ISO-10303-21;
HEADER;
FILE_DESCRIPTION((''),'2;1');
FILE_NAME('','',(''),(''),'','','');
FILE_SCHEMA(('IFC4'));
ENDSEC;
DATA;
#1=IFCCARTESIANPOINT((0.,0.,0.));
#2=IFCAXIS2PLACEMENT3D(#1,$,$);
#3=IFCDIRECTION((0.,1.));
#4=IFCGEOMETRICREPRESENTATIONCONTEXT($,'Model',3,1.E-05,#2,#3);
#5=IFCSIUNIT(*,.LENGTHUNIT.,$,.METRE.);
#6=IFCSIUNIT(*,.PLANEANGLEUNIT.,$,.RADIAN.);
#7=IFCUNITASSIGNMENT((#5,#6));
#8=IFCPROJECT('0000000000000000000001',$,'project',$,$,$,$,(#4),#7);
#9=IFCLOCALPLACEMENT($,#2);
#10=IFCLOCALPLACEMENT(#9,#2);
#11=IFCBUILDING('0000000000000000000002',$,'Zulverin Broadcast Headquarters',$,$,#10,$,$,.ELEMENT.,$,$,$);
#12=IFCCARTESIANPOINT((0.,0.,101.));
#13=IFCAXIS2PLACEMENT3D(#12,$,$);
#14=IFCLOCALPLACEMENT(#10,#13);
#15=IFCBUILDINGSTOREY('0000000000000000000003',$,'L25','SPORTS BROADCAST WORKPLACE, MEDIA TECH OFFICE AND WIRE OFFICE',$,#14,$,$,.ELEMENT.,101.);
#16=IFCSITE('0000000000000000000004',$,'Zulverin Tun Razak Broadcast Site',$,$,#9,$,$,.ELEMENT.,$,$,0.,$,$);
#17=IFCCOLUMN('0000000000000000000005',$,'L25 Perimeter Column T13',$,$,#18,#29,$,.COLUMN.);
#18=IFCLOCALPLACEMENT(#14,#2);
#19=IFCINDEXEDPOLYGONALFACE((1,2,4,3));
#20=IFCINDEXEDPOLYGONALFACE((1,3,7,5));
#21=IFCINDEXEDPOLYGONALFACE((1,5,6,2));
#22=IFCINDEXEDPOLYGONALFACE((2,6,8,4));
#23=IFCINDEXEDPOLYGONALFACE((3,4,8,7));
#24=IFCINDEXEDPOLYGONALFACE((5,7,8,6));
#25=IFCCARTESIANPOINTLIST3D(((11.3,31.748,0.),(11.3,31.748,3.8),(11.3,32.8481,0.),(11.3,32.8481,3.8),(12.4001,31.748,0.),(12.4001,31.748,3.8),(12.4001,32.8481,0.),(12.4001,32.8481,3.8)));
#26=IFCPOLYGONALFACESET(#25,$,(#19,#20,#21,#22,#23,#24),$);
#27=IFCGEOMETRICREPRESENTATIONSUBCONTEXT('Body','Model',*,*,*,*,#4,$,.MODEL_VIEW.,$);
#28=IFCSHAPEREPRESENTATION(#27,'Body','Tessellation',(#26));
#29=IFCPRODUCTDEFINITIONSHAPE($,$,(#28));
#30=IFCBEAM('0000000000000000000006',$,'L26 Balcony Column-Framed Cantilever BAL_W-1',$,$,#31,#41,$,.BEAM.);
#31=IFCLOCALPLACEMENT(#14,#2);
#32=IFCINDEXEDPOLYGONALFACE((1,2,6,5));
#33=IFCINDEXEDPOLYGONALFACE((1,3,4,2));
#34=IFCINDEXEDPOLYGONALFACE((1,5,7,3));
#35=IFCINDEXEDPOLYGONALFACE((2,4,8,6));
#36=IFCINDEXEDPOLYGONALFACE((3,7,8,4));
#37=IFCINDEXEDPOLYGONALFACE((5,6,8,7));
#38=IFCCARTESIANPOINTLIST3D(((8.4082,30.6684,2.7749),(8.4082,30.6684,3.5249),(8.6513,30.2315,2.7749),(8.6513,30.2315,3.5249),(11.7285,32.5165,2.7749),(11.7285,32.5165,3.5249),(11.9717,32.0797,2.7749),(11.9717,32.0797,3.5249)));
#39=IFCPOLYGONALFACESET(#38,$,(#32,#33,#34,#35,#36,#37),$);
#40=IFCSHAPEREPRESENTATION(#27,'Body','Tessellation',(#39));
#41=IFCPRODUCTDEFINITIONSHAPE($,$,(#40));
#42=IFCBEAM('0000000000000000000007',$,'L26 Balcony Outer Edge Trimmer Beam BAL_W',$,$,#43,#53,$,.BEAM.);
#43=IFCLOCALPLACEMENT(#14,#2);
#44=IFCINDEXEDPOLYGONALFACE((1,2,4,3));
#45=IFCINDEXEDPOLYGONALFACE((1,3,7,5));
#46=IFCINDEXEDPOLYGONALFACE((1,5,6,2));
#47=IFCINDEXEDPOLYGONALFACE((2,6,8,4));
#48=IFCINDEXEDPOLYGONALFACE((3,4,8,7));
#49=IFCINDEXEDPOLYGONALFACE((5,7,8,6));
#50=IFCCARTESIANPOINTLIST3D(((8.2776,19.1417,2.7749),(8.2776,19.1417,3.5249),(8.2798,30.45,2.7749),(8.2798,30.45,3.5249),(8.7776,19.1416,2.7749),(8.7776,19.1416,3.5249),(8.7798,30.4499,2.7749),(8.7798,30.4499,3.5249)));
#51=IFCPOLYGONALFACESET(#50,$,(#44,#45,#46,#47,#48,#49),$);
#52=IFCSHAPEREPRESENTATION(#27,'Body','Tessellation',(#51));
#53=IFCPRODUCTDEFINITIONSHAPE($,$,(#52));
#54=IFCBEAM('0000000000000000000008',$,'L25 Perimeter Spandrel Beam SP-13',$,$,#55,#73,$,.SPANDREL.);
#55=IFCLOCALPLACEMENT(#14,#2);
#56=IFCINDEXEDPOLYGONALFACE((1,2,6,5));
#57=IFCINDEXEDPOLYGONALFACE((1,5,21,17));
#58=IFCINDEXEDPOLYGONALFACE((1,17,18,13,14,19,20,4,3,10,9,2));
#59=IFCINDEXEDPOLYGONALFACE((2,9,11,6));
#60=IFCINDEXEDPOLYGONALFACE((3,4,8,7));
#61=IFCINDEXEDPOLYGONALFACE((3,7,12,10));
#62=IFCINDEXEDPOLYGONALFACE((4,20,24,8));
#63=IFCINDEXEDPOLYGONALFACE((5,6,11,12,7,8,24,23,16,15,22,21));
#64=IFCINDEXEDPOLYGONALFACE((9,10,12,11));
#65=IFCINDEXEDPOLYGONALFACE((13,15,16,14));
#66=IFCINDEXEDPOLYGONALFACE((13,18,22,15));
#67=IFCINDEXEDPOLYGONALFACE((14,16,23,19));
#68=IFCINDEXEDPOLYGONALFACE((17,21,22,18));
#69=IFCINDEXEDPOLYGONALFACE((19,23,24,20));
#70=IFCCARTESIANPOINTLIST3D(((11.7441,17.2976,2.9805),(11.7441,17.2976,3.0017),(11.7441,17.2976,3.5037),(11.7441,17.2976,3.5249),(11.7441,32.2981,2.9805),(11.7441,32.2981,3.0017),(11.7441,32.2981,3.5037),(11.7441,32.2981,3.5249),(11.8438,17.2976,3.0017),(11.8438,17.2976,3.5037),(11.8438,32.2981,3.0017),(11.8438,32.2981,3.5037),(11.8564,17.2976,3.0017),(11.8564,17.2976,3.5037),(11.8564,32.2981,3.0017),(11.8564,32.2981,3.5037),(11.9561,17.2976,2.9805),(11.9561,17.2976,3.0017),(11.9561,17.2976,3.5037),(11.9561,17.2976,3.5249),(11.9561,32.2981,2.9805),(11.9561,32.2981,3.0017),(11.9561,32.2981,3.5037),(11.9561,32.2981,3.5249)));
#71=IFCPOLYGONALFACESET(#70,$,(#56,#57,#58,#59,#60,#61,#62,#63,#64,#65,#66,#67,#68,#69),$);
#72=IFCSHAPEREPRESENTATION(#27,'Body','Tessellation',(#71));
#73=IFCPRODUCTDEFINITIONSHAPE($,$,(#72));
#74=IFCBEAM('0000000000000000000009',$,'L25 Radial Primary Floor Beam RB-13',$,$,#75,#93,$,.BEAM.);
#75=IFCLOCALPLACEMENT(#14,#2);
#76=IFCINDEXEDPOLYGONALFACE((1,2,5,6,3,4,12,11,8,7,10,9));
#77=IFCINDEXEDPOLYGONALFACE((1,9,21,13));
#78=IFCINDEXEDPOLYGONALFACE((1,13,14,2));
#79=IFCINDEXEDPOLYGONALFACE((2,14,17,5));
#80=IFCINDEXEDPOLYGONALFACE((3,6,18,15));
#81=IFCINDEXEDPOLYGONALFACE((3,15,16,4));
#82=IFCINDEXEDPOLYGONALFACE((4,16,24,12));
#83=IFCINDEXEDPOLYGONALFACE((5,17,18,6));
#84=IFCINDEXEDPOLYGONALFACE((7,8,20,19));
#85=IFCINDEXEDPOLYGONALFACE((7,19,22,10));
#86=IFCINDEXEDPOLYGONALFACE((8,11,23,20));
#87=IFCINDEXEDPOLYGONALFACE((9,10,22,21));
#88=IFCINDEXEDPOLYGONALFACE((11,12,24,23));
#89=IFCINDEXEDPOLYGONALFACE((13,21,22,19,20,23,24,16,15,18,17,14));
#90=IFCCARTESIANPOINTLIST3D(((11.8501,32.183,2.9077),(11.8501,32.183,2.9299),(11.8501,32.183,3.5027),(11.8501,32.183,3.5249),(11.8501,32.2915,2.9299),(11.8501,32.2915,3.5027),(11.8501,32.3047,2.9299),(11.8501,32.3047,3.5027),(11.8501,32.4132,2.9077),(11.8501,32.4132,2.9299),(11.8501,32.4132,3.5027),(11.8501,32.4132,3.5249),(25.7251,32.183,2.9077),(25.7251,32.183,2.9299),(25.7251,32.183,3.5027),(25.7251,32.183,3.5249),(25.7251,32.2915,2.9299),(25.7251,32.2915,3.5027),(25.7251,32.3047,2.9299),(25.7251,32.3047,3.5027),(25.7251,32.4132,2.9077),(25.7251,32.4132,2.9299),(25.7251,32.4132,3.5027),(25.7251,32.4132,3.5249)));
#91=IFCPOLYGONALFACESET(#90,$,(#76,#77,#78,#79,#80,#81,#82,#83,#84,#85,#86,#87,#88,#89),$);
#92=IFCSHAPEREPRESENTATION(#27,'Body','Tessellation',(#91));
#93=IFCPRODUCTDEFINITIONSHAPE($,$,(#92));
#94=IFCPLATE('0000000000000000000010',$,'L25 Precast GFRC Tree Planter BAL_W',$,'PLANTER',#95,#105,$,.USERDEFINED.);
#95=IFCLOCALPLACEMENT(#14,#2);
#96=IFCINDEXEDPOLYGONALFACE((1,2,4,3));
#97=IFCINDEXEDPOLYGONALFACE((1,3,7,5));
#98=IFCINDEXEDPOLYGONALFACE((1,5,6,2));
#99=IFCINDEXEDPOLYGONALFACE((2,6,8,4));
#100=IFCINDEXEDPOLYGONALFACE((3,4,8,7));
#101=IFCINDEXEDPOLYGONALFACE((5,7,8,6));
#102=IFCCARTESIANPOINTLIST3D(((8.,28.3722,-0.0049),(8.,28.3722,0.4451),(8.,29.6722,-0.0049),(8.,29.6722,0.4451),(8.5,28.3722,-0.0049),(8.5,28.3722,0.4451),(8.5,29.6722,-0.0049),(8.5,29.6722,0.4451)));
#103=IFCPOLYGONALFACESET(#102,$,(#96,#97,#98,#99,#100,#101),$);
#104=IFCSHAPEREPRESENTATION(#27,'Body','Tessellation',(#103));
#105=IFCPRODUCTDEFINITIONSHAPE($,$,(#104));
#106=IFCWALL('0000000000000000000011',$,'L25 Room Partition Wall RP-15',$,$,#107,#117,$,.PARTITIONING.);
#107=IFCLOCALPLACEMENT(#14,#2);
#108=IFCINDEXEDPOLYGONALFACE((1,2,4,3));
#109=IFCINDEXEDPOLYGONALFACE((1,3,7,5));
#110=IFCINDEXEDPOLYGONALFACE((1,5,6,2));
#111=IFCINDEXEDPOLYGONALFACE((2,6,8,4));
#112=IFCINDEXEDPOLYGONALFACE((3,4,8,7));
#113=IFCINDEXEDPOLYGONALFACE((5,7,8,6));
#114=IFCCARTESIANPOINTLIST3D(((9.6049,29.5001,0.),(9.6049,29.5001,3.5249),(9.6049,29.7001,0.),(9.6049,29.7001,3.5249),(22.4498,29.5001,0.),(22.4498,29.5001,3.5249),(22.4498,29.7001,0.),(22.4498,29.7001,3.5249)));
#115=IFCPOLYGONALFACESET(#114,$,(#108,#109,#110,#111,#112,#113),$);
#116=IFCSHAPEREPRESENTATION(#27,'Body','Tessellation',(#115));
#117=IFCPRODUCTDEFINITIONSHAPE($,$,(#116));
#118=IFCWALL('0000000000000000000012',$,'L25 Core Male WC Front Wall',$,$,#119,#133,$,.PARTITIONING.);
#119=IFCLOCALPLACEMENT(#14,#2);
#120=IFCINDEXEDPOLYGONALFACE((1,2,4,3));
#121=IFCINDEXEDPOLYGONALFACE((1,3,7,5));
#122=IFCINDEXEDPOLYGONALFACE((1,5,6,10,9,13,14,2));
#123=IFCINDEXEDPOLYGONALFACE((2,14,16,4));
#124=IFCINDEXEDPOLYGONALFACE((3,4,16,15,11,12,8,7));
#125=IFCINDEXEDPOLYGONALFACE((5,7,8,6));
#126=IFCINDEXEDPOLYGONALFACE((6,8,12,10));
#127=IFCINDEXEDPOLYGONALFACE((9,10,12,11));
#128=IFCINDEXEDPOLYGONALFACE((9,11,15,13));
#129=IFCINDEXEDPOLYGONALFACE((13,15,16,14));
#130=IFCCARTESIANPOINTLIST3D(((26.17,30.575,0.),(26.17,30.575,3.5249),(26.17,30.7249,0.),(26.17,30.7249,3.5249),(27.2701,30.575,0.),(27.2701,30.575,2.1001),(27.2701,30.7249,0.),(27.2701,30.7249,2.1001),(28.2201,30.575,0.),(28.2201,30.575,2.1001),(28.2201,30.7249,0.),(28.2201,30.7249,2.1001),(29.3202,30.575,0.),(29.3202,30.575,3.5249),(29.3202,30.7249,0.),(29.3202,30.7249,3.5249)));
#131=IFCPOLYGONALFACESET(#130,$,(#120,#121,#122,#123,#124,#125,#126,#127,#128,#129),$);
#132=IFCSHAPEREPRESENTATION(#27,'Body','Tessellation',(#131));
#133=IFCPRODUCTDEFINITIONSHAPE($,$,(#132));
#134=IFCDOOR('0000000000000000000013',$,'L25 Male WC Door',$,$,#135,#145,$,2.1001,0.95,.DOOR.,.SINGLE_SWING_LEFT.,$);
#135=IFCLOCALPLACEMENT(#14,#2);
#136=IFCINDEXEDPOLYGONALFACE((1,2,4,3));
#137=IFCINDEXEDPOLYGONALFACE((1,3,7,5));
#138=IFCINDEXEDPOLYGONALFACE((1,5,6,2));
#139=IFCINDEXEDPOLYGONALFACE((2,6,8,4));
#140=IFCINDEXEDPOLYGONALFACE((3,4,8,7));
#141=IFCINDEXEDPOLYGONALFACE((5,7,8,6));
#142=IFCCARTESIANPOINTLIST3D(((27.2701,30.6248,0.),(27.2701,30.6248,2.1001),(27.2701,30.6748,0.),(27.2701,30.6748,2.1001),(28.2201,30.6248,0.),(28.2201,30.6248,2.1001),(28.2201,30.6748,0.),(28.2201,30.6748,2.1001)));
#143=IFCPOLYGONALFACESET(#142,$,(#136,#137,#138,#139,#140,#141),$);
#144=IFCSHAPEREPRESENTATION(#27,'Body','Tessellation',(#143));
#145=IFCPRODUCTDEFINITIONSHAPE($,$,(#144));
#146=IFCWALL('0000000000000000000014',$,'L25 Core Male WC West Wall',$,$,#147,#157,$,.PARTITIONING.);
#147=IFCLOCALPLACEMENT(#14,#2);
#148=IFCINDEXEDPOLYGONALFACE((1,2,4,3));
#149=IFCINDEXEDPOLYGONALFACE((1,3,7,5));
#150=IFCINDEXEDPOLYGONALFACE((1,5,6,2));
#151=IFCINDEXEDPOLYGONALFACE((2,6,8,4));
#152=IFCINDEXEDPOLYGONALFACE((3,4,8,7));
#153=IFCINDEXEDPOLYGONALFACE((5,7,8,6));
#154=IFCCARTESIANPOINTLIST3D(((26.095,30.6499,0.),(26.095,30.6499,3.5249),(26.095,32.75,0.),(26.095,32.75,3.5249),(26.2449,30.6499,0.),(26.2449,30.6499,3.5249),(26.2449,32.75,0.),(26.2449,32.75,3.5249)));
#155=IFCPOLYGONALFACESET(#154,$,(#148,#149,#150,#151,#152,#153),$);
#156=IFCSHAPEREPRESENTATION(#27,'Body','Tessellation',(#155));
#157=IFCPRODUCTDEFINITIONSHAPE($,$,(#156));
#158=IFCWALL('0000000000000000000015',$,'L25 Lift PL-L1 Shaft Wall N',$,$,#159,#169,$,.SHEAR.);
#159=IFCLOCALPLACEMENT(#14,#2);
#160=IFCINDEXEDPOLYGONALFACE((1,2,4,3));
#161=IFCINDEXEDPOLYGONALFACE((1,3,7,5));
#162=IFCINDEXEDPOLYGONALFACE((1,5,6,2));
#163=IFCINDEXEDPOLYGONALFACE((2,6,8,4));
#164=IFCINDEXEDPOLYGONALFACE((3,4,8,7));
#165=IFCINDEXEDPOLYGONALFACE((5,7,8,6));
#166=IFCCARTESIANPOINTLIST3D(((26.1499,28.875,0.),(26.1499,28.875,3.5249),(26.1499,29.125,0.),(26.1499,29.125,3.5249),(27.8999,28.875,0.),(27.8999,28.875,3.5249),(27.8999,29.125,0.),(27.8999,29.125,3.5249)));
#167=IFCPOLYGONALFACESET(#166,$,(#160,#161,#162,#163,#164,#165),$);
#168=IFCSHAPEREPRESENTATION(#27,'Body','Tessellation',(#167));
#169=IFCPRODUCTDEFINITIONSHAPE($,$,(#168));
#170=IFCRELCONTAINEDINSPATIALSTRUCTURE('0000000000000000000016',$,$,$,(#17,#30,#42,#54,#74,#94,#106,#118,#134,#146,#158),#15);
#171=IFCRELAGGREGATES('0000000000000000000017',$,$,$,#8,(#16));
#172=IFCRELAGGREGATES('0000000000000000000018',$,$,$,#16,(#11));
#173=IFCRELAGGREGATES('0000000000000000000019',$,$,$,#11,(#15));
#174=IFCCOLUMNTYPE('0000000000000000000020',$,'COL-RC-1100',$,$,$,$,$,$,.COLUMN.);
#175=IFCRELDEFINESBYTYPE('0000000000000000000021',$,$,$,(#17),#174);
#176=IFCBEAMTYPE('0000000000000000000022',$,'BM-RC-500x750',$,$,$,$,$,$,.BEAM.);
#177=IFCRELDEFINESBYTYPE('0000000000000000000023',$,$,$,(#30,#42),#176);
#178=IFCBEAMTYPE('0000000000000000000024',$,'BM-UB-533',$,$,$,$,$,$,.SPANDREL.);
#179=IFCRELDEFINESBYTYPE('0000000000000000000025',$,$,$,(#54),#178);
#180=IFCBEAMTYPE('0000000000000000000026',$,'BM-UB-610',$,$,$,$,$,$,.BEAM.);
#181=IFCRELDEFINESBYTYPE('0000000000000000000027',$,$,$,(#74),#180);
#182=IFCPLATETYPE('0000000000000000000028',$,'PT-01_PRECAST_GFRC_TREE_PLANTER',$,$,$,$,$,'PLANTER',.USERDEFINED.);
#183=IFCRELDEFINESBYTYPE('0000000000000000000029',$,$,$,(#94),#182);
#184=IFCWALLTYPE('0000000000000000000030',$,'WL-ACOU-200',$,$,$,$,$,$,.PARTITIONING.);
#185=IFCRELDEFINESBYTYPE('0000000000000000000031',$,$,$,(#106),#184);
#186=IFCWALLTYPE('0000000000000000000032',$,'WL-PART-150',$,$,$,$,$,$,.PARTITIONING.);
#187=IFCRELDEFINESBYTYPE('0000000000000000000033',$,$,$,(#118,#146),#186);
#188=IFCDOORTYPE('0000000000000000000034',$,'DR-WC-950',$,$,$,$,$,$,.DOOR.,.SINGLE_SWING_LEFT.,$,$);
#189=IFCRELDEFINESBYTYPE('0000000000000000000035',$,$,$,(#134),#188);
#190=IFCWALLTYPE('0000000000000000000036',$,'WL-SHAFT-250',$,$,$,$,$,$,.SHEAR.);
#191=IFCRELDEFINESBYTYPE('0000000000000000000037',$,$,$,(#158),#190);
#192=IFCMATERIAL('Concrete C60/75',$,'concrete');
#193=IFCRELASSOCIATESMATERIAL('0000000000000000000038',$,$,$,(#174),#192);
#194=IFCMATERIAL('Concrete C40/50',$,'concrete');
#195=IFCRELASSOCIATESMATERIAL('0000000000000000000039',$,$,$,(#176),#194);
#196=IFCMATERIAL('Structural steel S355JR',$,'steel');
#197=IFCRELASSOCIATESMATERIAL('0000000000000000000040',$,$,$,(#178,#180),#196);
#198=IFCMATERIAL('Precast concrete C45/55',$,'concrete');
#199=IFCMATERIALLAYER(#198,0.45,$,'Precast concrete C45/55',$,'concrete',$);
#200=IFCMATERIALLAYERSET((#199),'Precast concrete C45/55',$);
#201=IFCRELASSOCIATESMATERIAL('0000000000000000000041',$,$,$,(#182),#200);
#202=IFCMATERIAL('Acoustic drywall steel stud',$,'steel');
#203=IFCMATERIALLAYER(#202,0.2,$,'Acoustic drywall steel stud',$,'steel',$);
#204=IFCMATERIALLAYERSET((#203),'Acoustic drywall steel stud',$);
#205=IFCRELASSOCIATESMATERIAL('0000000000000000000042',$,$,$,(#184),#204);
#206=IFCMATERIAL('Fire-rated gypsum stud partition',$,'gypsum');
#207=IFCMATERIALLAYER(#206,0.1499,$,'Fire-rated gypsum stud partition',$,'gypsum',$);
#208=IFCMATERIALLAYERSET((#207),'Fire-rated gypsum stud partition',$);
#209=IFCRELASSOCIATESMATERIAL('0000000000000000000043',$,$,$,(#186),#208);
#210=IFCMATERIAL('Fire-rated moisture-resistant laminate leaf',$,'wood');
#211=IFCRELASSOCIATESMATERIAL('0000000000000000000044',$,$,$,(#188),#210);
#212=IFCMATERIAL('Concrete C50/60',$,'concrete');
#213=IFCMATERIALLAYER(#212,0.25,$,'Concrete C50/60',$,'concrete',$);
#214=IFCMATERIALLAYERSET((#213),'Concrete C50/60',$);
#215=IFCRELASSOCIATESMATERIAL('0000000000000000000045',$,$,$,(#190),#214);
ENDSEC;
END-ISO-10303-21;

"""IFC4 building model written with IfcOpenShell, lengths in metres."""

from ifc_helpers import new_model, si_unit, direction, frame, frame_2d, origin, origin_2d, place, context, subcontext, project, spatial, rectangle, i_section, extrude, material, layer, layer_set, material_profile, profile_set, type_object, element, fill, save


model = new_model("IFC4")

# Units and contexts
model_context = context("Model", 3, precision=1e-05, world=origin(), true_north=direction((0.0, 1.0)))
body_context = subcontext(model_context, "Body", "Model", "MODEL_VIEW")
ifc_project = project(units=[si_unit("LENGTHUNIT", "METRE"), si_unit("PLANEANGLEUNIT", "RADIAN")], contexts=[model_context])

# Site, building, storey
site_placement = place(None, origin())
site = spatial("IfcSite", under=ifc_project, at=site_placement, Name="Zulverin Tun Razak Broadcast Site", CompositionType="ELEMENT", RefElevation=0.0)
building_placement = place(site_placement, origin())
building = spatial("IfcBuilding", under=site, at=building_placement, Name="Zulverin Broadcast Headquarters", CompositionType="ELEMENT")
storey_placement = place(building_placement, frame((0.0, 0.0, 101.0)))
storey = spatial("IfcBuildingStorey", under=building, at=storey_placement, Name="L25", Description="SPORTS BROADCAST WORKPLACE, MEDIA TECH OFFICE AND WIRE OFFICE", CompositionType="ELEMENT", Elevation=101.0)

# Column
ifc_material_1 = material(Name="Concrete C60/75", Category="concrete")
ifc_material_profile_1 = material_profile(ifc_material_1, rectangle(XDim=1.1001, YDim=1.1001, at=origin_2d()), Name="Concrete C60/75", Category="concrete")
ifc_profile_set_1 = profile_set([ifc_material_profile_1], Name="Concrete C60/75")
column_type = type_object("IfcColumnType", Name="COL-RC-1100", PredefinedType="COLUMN", material=ifc_profile_set_1)
column_placement = place(storey_placement, frame((11.8501, 32.2981, 0.0), z_axis=(0.0, 0.0, 1.0), x_axis=(1.0, 0.0, 0.0)))
element("IfcColumn", 1, at=column_placement, inside=storey, type_object=column_type, Name="L25 Perimeter Column T13", PredefinedType="COLUMN", context=body_context, shape_type="SweptSolid", body=[
    extrude(rectangle(XDim=1.1001, YDim=1.1001, at=origin_2d()), origin(), (0.0, 0.0, 1.0), 3.8),
])

# Beams
ifc_material_2 = material(Name="Concrete C40/50", Category="concrete")
ifc_material_profile_2 = material_profile(ifc_material_2, rectangle(XDim=0.5, YDim=0.75, at=origin_2d()), Name="Concrete C40/50", Category="concrete")
ifc_profile_set_2 = profile_set([ifc_material_profile_2], Name="Concrete C40/50")
beam_type_1 = type_object("IfcBeamType", Name="BM-RC-500x750", PredefinedType="BEAM", material=ifc_profile_set_2)
beam_1_placement = place(storey_placement, frame((11.8501, 32.2981, 3.1499), z_axis=(-0.873763, -0.486352, 0.0), x_axis=(0.486352, -0.873763, 0.0)))
element("IfcBeam", 2, at=beam_1_placement, inside=storey, type_object=beam_type_1, Name="L26 Balcony Column-Framed Cantilever BAL_W-1", PredefinedType="BEAM", context=body_context, shape_type="SweptSolid", body=[
    extrude(rectangle(XDim=0.5, YDim=0.75, at=origin_2d()), origin(), (0.0, 0.0, 1.0), 3.8),
])
beam_2_placement = place(storey_placement, frame((8.5298, 30.45, 3.1499), z_axis=(-0.000194, -1.0, 0.0), x_axis=(1.0, -0.000194, 0.0)))
element("IfcBeam", 3, at=beam_2_placement, inside=storey, type_object=beam_type_1, Name="L26 Balcony Outer Edge Trimmer Beam BAL_W", PredefinedType="BEAM", context=body_context, shape_type="SweptSolid", body=[
    extrude(rectangle(XDim=0.5, YDim=0.75, at=origin_2d()), origin(), (0.0, 0.0, 1.0), 11.3083),
])
ifc_material_3 = material(Name="Structural steel S355JR", Category="steel")
ifc_material_profile_3 = material_profile(ifc_material_3, i_section(OverallWidth=0.2119, OverallDepth=0.5444, WebThickness=0.0127, FlangeThickness=0.0212, at=origin_2d()), Name="Structural steel S355JR", Category="steel")
ifc_profile_set_3 = profile_set([ifc_material_profile_3], Name="Structural steel S355JR")
beam_type_2 = type_object("IfcBeamType", Name="BM-UB-533", PredefinedType="SPANDREL", material=ifc_profile_set_3)
beam_3_placement = place(storey_placement, frame((11.8501, 32.2981, 3.2527), z_axis=(0.0, -1.0, 0.0), x_axis=(1.0, 0.0, 0.0)))
element("IfcBeam", 4, at=beam_3_placement, inside=storey, type_object=beam_type_2, Name="L25 Perimeter Spandrel Beam SP-13", PredefinedType="SPANDREL", context=body_context, shape_type="SweptSolid", body=[
    extrude(i_section(OverallWidth=0.2119, OverallDepth=0.5444, WebThickness=0.0127, FlangeThickness=0.0212, at=origin_2d()), origin(), (0.0, 0.0, 1.0), 15.0005),
])
ifc_material_profile_4 = material_profile(ifc_material_3, i_section(OverallWidth=0.2302, OverallDepth=0.6172, WebThickness=0.0132, FlangeThickness=0.0222, at=origin_2d()), Name="Structural steel S355JR", Category="steel")
ifc_profile_set_4 = profile_set([ifc_material_profile_4], Name="Structural steel S355JR")
beam_type_3 = type_object("IfcBeamType", Name="BM-UB-610", PredefinedType="BEAM", material=ifc_profile_set_4)
beam_4_placement = place(storey_placement, frame((25.7251, 32.2981, 3.2163), z_axis=(-1.0, 0.0, 0.0), x_axis=(0.0, -1.0, 0.0)))
element("IfcBeam", 5, at=beam_4_placement, inside=storey, type_object=beam_type_3, Name="L25 Radial Primary Floor Beam RB-13", PredefinedType="BEAM", context=body_context, shape_type="SweptSolid", body=[
    extrude(i_section(OverallWidth=0.2302, OverallDepth=0.6172, WebThickness=0.0132, FlangeThickness=0.0222, at=origin_2d()), origin(), (0.0, 0.0, 1.0), 13.875),
])

# Plate
ifc_material_4 = material(Name="Precast concrete C45/55", Category="concrete")
ifc_layer_1 = layer(ifc_material_4, 0.45, Name="Precast concrete C45/55", Category="concrete")
ifc_layer_set_1 = layer_set([ifc_layer_1], Name="Precast concrete C45/55")
plate_type = type_object("IfcPlateType", Name="PT-01_PRECAST_GFRC_TREE_PLANTER", ElementType="PLANTER", PredefinedType="USERDEFINED", material=ifc_layer_set_1)
plate_placement = place(storey_placement, frame((8.25, 29.0222, -0.0049), z_axis=(0.0, 0.0, 1.0), x_axis=(0.0, 1.0, 0.0)))
element("IfcPlate", 6, at=plate_placement, inside=storey, type_object=plate_type, Name="L25 Precast GFRC Tree Planter BAL_W", ObjectType="PLANTER", PredefinedType="USERDEFINED", context=body_context, shape_type="SweptSolid", body=[
    extrude(rectangle(XDim=1.3, YDim=0.5, at=origin_2d()), origin(), (0.0, 0.0, 1.0), 0.45),
])

# Wall
ifc_material_5 = material(Name="Acoustic drywall steel stud", Category="steel")
ifc_layer_2 = layer(ifc_material_5, 0.2, Name="Acoustic drywall steel stud", Category="steel")
ifc_layer_set_2 = layer_set([ifc_layer_2], Name="Acoustic drywall steel stud")
wall_type_1 = type_object("IfcWallType", Name="WL-ACOU-200", PredefinedType="PARTITIONING", material=ifc_layer_set_2)
wall_1_placement = place(storey_placement, frame((9.605, 29.6001, 0.0), z_axis=(0.0, 0.0, 1.0), x_axis=(1.0, 0.0, 0.0)))
element("IfcWall", 7, at=wall_1_placement, inside=storey, type_object=wall_type_1, Name="L25 Room Partition Wall RP-15", PredefinedType="PARTITIONING", context=body_context, shape_type="SweptSolid", body=[
    extrude(rectangle(XDim=12.845, YDim=0.2, at=frame_2d((6.4224, 0.0))), origin(), (0.0, 0.0, 1.0), 3.5249),
])

# Wall, opening, door
ifc_material_6 = material(Name="Fire-rated gypsum stud partition", Category="gypsum")
ifc_layer_3 = layer(ifc_material_6, 0.1499, Name="Fire-rated gypsum stud partition", Category="gypsum")
ifc_layer_set_3 = layer_set([ifc_layer_3], Name="Fire-rated gypsum stud partition")
wall_type_2 = type_object("IfcWallType", Name="WL-PART-150", PredefinedType="PARTITIONING", material=ifc_layer_set_3)
wall_2_placement = place(storey_placement, frame((26.1699, 30.6499, 0.0), z_axis=(0.0, 0.0, 1.0), x_axis=(1.0, 0.0, 0.0)))
wall_2 = element("IfcWall", 8, at=wall_2_placement, inside=storey, type_object=wall_type_2, Name="L25 Core Male WC Front Wall", PredefinedType="PARTITIONING", context=body_context, shape_type="SweptSolid", body=[
    extrude(rectangle(XDim=3.1501, YDim=0.1499, at=frame_2d((1.5752, 0.0))), origin(), (0.0, 0.0, 1.0), 3.5249),
])
opening_1_placement = place(wall_2_placement, frame((1.1001, 0.0, 0.0)))
opening_1 = element("IfcOpeningElement", 9, at=opening_1_placement, cuts=wall_2, PredefinedType="OPENING", context=body_context, shape_type="SweptSolid", body=[
    extrude(rectangle(XDim=0.95, YDim=2.1001, at=frame_2d((0.4751, 1.05))), frame((0.0, 0.085, 0.0), z_axis=(0.0, -1.0, 0.0), x_axis=(1.0, 0.0, 0.0)), (0.0, 0.0, 1.0), 0.1699),
])
ifc_material_7 = material(Name="Fire-rated moisture-resistant laminate leaf", Category="wood")
door_type_1 = type_object("IfcDoorType", Name="DR-WC-950", OperationType="SINGLE_SWING_LEFT", PredefinedType="DOOR", material=ifc_material_7)
door_1_placement = place(opening_1_placement, origin())
door_1 = element("IfcDoor", 10, at=door_1_placement, inside=storey, type_object=door_type_1, Name="L25 Male WC Door", OperationType="SINGLE_SWING_LEFT", OverallHeight=2.1001, OverallWidth=0.95, PredefinedType="DOOR", context=body_context, shape_type="SweptSolid", body=[
    extrude(rectangle(XDim=0.95, YDim=2.1001, at=frame_2d((0.4751, 1.05))), frame((0.0, 0.0249, 0.0), z_axis=(0.0, -1.0, 0.0), x_axis=(1.0, 0.0, 0.0)), (0.0, 0.0, 1.0), 0.05),
])
fill(opening_1, door_1)

# Wall
wall_3_placement = place(storey_placement, frame((26.1699, 30.6499, 0.0), z_axis=(0.0, 0.0, 1.0), x_axis=(0.0, 1.0, 0.0)))
element("IfcWall", 11, at=wall_3_placement, inside=storey, type_object=wall_type_2, Name="L25 Core Male WC West Wall", PredefinedType="PARTITIONING", context=body_context, shape_type="SweptSolid", body=[
    extrude(rectangle(XDim=2.1001, YDim=0.1499, at=frame_2d((1.05, 0.0))), origin(), (0.0, 0.0, 1.0), 3.5249),
])

# Shared definitions
ifc_material_8 = material(Name="Concrete C50/60", Category="concrete")
ifc_layer_4 = layer(ifc_material_8, 0.25, Name="Concrete C50/60", Category="concrete")
ifc_layer_set_4 = layer_set([ifc_layer_4], Name="Concrete C50/60")
wall_type_3 = type_object("IfcWallType", Name="WL-SHAFT-250", PredefinedType="SHEAR", material=ifc_layer_set_4)

# Wall
wall_4_placement = place(storey_placement, frame((26.1499, 29.0, 0.0), z_axis=(0.0, 0.0, 1.0), x_axis=(1.0, 0.0, 0.0)))
element("IfcWall", 12, at=wall_4_placement, inside=storey, type_object=wall_type_3, Name="L25 Lift PL-L1 Shaft Wall N", PredefinedType="SHEAR", context=body_context, shape_type="SweptSolid", body=[
    extrude(rectangle(XDim=1.75, YDim=0.25, at=frame_2d((0.875, 0.0))), origin(), (0.0, 0.0, 1.0), 3.5249),
])

save(model, "model.ifc")
